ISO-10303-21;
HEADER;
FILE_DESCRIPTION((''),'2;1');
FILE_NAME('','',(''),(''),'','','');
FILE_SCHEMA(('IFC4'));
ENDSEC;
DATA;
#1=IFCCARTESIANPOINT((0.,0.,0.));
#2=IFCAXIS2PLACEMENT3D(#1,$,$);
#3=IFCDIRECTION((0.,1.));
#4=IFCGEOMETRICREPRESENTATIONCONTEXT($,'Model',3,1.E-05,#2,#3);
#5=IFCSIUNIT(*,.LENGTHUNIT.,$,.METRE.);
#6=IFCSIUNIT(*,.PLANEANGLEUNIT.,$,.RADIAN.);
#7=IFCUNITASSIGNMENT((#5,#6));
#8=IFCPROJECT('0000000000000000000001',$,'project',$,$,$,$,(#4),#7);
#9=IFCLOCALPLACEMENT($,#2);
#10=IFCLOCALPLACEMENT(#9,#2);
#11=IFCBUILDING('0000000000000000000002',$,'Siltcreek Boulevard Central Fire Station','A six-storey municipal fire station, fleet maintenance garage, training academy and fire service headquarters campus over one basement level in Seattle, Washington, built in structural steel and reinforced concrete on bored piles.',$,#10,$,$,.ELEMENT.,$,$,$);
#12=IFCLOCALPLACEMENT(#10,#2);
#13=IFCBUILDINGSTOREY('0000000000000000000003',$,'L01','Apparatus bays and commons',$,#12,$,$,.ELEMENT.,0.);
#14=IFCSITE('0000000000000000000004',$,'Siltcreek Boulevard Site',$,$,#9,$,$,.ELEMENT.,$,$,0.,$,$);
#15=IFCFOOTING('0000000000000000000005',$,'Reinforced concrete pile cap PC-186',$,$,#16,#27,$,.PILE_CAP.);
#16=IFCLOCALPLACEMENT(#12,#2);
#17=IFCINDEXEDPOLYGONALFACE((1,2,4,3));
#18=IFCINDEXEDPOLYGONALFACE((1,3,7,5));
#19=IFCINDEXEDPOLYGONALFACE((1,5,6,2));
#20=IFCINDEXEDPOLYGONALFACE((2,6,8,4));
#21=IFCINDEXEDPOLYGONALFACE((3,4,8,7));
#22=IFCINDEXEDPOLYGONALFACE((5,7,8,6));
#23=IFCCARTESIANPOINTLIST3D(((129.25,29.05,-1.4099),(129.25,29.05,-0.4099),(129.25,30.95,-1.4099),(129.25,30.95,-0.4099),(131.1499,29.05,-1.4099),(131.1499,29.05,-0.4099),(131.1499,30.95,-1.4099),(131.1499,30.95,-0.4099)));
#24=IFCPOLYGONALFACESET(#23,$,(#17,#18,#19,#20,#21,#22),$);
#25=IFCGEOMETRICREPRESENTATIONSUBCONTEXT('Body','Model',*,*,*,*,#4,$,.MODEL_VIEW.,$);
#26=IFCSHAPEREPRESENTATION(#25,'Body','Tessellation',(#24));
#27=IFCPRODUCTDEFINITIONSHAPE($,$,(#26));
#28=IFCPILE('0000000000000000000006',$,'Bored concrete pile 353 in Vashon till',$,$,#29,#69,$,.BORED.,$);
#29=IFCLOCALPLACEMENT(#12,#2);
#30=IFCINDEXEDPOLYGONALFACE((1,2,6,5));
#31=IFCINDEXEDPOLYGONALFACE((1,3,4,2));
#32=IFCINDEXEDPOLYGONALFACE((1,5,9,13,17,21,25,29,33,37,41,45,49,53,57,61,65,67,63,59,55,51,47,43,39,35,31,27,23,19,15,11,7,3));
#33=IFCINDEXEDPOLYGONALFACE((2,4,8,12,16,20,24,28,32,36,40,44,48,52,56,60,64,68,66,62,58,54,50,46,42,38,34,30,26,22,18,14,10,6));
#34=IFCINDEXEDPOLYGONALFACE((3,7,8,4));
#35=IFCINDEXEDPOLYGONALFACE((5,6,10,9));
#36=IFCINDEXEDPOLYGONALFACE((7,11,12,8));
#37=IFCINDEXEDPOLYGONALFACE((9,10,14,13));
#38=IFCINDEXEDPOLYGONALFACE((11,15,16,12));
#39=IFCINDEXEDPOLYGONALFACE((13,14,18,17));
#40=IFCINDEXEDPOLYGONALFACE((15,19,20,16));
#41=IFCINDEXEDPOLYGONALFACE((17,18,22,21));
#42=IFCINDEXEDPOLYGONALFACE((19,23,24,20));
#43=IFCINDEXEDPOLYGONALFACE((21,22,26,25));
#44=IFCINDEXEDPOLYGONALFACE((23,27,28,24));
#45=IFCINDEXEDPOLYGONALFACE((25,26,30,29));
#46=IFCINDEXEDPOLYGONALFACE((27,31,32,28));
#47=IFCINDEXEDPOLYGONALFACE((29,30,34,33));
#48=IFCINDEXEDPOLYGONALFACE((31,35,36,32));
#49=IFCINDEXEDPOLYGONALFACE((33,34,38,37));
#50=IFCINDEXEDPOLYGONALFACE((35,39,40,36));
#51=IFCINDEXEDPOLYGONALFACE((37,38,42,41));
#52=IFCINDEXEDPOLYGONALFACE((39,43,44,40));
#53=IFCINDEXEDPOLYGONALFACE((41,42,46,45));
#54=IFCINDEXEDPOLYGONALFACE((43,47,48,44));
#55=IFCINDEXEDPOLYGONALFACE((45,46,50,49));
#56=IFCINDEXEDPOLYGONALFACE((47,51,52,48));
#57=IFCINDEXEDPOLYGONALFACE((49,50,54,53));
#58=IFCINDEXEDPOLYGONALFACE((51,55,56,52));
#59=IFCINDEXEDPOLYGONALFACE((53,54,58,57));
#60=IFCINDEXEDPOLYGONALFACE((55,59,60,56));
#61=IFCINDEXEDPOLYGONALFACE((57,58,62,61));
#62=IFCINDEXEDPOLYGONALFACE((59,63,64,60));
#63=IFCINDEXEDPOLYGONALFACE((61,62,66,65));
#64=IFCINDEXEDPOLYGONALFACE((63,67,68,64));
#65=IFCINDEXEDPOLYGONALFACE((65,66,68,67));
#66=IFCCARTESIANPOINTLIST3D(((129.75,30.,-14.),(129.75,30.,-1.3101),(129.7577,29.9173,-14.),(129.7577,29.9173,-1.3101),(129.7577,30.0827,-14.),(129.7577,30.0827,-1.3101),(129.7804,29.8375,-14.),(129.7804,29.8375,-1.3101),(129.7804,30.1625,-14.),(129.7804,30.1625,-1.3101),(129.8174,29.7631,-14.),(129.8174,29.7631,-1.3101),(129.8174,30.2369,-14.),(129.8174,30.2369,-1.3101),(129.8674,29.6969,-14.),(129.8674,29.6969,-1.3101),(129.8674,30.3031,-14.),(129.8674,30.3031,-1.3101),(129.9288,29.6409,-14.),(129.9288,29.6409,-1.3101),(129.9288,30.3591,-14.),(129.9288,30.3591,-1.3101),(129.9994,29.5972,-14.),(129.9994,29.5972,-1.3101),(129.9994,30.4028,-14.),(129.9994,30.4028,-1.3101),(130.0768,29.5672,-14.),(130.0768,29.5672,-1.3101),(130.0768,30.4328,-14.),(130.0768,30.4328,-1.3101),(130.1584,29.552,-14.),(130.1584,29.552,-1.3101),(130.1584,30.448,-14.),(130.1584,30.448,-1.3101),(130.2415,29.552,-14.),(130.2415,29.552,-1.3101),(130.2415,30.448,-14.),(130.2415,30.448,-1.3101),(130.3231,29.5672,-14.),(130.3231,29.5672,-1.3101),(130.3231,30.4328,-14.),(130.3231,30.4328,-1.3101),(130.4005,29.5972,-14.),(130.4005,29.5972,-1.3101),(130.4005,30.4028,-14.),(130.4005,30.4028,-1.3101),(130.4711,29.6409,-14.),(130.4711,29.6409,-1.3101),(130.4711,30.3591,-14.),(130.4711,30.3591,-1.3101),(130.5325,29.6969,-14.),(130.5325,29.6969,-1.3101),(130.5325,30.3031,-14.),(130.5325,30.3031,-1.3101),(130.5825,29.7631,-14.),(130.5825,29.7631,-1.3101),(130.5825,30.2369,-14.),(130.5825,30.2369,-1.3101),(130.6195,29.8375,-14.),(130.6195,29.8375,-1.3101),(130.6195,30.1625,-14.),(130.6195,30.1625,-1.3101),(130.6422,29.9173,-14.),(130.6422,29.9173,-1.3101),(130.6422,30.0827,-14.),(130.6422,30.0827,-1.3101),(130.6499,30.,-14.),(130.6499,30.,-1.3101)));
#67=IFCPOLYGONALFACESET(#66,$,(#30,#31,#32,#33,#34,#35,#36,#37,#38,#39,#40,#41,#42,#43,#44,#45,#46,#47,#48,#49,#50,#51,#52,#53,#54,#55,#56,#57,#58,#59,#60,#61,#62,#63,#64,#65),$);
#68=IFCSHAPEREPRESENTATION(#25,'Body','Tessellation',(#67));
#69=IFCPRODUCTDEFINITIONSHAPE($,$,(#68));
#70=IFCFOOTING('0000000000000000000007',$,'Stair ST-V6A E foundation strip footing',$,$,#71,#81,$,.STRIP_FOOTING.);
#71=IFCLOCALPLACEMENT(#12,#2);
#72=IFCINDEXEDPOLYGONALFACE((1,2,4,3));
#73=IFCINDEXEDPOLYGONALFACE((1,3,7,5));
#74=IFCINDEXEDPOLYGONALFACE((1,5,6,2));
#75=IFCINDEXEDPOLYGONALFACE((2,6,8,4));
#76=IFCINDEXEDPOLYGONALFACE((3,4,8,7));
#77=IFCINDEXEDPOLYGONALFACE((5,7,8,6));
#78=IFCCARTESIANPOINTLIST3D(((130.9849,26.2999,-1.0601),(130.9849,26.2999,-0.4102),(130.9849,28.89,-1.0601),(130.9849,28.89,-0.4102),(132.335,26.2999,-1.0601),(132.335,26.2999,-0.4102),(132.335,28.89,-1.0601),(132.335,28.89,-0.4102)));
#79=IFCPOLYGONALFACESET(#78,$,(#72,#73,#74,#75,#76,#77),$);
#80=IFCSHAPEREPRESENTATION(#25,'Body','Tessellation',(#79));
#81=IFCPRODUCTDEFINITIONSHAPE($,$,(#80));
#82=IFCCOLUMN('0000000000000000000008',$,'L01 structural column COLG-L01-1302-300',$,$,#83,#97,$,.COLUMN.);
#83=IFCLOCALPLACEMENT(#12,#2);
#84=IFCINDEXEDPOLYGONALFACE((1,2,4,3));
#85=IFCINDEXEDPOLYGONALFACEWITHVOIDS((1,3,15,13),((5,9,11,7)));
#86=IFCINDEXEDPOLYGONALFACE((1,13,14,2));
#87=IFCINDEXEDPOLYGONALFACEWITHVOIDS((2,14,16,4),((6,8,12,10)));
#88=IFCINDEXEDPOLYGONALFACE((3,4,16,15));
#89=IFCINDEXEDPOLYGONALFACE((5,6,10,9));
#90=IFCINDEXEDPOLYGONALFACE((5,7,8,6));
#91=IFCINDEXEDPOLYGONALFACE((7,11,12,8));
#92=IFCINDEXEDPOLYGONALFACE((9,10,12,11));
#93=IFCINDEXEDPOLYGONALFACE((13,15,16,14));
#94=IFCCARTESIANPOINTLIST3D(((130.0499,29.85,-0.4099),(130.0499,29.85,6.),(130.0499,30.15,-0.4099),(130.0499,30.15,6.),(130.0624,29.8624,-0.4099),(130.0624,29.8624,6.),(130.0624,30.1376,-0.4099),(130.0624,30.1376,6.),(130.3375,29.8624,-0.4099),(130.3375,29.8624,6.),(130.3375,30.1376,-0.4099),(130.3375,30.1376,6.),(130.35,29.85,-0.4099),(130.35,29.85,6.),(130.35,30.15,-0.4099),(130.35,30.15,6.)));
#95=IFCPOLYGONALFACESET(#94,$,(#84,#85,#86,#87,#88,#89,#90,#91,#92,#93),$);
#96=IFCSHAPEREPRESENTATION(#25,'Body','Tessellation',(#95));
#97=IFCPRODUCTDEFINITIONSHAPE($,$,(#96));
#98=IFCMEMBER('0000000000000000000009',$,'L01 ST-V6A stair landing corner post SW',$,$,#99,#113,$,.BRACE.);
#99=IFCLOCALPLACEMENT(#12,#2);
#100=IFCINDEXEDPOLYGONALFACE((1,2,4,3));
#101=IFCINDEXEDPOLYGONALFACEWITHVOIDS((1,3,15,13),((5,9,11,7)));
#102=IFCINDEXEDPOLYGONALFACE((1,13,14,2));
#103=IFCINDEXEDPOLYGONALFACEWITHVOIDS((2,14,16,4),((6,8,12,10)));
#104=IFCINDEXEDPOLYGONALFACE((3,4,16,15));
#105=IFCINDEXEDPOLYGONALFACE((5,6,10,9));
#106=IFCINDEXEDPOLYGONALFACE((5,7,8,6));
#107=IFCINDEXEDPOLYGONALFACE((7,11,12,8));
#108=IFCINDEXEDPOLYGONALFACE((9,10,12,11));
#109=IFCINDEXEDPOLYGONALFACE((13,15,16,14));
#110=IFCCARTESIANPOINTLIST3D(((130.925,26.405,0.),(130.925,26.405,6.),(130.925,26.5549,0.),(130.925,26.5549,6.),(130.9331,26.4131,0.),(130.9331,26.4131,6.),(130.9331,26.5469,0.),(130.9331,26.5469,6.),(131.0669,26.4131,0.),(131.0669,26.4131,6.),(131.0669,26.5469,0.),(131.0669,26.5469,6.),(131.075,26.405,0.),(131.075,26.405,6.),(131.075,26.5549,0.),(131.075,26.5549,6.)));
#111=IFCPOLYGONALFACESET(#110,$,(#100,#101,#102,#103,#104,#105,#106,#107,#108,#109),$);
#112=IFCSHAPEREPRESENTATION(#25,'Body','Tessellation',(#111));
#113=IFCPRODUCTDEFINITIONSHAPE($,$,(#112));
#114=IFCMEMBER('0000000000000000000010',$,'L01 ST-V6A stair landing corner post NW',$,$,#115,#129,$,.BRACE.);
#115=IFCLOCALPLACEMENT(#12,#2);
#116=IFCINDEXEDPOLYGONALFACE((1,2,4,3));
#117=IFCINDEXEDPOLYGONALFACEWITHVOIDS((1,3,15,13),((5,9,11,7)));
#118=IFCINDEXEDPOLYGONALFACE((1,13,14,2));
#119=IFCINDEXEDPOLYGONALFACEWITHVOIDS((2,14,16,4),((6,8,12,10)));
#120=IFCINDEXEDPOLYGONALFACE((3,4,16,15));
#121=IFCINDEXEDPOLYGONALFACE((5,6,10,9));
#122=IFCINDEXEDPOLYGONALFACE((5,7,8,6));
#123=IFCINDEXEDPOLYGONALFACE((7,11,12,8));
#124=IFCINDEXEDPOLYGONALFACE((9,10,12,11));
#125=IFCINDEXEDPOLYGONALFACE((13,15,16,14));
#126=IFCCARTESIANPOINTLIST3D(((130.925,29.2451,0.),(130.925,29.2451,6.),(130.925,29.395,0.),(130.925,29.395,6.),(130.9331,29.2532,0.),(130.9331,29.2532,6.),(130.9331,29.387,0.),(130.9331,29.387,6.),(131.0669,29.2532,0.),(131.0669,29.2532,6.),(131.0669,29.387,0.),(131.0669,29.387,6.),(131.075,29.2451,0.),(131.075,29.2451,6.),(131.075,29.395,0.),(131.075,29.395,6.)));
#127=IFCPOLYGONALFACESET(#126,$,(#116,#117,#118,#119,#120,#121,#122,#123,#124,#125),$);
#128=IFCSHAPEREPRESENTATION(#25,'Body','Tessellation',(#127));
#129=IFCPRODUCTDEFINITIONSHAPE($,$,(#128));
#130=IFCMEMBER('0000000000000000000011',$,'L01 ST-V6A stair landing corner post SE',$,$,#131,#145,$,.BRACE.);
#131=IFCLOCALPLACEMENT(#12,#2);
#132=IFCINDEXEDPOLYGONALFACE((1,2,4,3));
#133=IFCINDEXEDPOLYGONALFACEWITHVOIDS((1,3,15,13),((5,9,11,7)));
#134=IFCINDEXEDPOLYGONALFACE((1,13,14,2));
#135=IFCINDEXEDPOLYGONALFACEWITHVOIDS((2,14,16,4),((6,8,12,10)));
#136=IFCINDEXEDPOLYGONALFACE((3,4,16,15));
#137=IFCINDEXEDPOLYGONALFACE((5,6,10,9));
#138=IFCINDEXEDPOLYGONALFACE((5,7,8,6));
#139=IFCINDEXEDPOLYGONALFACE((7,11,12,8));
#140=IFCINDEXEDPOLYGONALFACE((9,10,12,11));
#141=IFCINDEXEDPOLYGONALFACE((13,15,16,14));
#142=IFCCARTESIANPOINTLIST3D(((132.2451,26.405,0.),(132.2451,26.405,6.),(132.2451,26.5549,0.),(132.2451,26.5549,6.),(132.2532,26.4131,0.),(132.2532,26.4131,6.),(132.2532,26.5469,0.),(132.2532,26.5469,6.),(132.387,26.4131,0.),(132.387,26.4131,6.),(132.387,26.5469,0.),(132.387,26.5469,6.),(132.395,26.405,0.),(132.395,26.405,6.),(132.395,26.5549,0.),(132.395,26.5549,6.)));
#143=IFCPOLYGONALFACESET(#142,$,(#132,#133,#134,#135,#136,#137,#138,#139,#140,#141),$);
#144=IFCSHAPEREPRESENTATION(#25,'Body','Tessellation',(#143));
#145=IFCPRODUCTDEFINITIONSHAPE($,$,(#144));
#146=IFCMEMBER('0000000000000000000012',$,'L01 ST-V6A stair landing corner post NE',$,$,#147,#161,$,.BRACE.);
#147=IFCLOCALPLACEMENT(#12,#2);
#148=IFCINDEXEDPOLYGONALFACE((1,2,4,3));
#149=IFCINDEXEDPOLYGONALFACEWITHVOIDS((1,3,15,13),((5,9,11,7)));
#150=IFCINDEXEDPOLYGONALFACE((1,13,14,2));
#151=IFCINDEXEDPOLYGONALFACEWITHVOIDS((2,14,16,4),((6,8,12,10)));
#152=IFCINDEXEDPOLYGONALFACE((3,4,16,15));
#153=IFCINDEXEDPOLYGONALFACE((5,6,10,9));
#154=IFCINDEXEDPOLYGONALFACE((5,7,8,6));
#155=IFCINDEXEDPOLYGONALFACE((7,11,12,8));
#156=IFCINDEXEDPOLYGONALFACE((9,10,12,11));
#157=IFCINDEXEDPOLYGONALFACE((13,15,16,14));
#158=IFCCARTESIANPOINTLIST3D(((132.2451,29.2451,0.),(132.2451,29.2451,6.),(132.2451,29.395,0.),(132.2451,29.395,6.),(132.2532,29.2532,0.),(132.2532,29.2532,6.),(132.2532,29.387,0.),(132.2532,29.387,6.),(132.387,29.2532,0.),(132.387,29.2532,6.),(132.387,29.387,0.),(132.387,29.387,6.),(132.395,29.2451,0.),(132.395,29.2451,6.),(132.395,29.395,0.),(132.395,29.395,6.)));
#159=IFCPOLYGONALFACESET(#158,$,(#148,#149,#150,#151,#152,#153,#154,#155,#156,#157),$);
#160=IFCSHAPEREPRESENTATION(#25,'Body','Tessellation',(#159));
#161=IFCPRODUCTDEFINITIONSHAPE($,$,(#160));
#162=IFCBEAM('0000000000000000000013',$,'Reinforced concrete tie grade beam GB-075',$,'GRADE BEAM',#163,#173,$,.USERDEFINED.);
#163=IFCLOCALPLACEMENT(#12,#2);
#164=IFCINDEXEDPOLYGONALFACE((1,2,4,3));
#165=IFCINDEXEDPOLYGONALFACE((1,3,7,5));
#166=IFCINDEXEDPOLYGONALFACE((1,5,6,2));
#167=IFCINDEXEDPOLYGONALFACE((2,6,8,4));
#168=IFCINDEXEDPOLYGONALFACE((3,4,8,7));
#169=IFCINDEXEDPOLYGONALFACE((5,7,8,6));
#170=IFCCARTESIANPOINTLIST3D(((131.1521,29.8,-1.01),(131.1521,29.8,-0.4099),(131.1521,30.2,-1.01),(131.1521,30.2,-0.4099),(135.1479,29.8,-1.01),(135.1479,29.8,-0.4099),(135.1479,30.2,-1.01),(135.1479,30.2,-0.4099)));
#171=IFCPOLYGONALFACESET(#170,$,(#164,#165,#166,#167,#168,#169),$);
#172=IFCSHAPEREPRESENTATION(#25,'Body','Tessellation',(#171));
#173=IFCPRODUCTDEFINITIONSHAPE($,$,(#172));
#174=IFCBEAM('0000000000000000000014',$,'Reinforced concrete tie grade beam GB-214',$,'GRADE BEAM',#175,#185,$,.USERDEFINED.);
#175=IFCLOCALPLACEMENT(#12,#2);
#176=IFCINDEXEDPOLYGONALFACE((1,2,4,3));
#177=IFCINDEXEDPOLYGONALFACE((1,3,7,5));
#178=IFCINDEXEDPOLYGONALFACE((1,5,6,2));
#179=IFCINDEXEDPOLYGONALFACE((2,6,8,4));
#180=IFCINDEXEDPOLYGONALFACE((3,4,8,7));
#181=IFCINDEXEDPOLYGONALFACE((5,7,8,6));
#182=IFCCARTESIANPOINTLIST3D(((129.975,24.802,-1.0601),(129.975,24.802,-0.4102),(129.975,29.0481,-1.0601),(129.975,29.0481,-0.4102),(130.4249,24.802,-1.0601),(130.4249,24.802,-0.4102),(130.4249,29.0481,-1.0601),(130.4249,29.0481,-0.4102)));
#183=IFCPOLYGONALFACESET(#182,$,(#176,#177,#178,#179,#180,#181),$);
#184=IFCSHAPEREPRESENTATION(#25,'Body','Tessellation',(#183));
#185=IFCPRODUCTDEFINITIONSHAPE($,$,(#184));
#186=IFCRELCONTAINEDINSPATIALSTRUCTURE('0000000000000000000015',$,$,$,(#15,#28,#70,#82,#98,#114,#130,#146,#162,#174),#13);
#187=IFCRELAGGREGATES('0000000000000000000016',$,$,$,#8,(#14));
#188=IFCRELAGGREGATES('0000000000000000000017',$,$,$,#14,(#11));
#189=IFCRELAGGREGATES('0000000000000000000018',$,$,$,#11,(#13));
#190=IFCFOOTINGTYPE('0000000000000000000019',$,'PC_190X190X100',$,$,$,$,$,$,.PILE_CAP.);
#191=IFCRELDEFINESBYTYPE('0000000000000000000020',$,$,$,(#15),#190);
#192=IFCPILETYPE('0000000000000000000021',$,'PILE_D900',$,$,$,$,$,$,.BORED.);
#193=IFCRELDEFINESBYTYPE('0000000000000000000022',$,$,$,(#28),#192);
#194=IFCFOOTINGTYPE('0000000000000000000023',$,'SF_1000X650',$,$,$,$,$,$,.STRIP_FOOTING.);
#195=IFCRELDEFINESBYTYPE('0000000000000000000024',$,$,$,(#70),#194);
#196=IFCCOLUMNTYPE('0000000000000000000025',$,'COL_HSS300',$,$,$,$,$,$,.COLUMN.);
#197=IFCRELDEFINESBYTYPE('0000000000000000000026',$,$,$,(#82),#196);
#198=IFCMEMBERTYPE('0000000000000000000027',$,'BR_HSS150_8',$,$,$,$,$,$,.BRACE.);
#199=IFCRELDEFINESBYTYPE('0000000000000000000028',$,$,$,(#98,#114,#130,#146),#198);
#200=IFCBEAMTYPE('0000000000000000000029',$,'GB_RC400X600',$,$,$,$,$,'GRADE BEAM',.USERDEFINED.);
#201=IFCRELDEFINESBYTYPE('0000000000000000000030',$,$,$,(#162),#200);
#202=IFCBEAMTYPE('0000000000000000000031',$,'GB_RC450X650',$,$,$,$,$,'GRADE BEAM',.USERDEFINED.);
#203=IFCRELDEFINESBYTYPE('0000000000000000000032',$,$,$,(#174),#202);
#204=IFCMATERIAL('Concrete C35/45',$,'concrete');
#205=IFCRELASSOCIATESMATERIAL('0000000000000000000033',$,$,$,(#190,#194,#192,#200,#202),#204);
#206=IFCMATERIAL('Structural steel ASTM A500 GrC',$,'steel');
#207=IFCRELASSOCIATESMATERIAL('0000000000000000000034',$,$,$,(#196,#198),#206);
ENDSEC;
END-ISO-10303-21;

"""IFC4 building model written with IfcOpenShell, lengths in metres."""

from ifc_helpers import new_model, si_unit, direction, frame, origin, origin_2d, place, context, subcontext, project, spatial, rectangle, hollow_rectangle, circle, extrude, material, material_profile, profile_set, type_object, element, save


model = new_model("IFC4")

# Units and contexts
model_context = context("Model", 3, precision=1e-05, world=origin(), true_north=direction((0.0, 1.0)))
body_context = subcontext(model_context, "Body", "Model", "MODEL_VIEW")
ifc_project = project(units=[si_unit("LENGTHUNIT", "METRE"), si_unit("PLANEANGLEUNIT", "RADIAN")], contexts=[model_context])

# Site, building, storey
site_placement = place(None, origin())
site = spatial("IfcSite", under=ifc_project, at=site_placement, Name="Siltcreek Boulevard Site", CompositionType="ELEMENT", RefElevation=0.0)
building_placement = place(site_placement, origin())
building = spatial("IfcBuilding", under=site, at=building_placement, Name="Siltcreek Boulevard Central Fire Station", Description="A six-storey municipal fire station, fleet maintenance garage, training academy and fire service headquarters campus over one basement level in Seattle, Washington, built in structural steel and reinforced concrete on bored piles.", CompositionType="ELEMENT")
storey_placement = place(building_placement, origin())
storey = spatial("IfcBuildingStorey", under=building, at=storey_placement, Name="L01", Description="Apparatus bays and commons", CompositionType="ELEMENT", Elevation=0.0)

# Footing
ifc_material_1 = material(Name="Concrete C35/45", Category="concrete")
footing_type_1 = type_object("IfcFootingType", Name="PC_190X190X100", PredefinedType="PILE_CAP", material=ifc_material_1)
footing_1_placement = place(storey_placement, frame((130.2, 30.0, -1.4099), z_axis=(0.0, 0.0, 1.0), x_axis=(1.0, 0.0, 0.0)))
element("IfcFooting", 1, at=footing_1_placement, inside=storey, type_object=footing_type_1, Name="Reinforced concrete pile cap PC-186", PredefinedType="PILE_CAP", context=body_context, shape_type="SweptSolid", body=[
    extrude(rectangle(XDim=1.8999, YDim=1.8999, at=origin_2d()), origin(), (0.0, 0.0, 1.0), 1.0),
])

# Pile
ifc_material_profile_1 = material_profile(ifc_material_1, circle(Radius=0.45, at=origin_2d()), Name="SHAFT900")
ifc_profile_set_1 = profile_set([ifc_material_profile_1], Name="Concrete C35/45")
pile_type = type_object("IfcPileType", Name="PILE_D900", PredefinedType="BORED", material=ifc_profile_set_1)
pile_placement = place(storey_placement, frame((130.2, 30.0, -1.3101), z_axis=(0.0, 0.0, -1.0), x_axis=(1.0, 0.0, 0.0)))
element("IfcPile", 2, at=pile_placement, inside=storey, type_object=pile_type, Name="Bored concrete pile 353 in Vashon till", PredefinedType="BORED", context=body_context, shape_type="SweptSolid", body=[
    extrude(circle(Radius=0.45, at=origin_2d()), origin(), (0.0, 0.0, 1.0), 12.6899),
])

# Footing
footing_type_2 = type_object("IfcFootingType", Name="SF_1000X650", PredefinedType="STRIP_FOOTING", material=ifc_material_1)
footing_2_placement = place(storey_placement, frame((131.6599, 27.595, -1.0601), z_axis=(0.0, 0.0, 1.0), x_axis=(1.0, 0.0, 0.0)))
element("IfcFooting", 3, at=footing_2_placement, inside=storey, type_object=footing_type_2, Name="Stair ST-V6A E foundation strip footing", PredefinedType="STRIP_FOOTING", context=body_context, shape_type="SweptSolid", body=[
    extrude(rectangle(XDim=1.3501, YDim=2.5901, at=origin_2d()), origin(), (0.0, 0.0, 1.0), 0.6499),
])

# Column
ifc_material_2 = material(Name="Structural steel ASTM A500 GrC", Category="steel")
ifc_material_profile_2 = material_profile(ifc_material_2, hollow_rectangle(XDim=0.3, YDim=0.3, WallThickness=0.0125, at=origin_2d()), Name="HSS300X300X12.5")
ifc_profile_set_2 = profile_set([ifc_material_profile_2], Name="Structural steel ASTM A500 GrC")
column_type = type_object("IfcColumnType", Name="COL_HSS300", PredefinedType="COLUMN", material=ifc_profile_set_2)
column_placement = place(storey_placement, frame((130.2, 30.0, -0.4099), z_axis=(0.0, 0.0, 1.0), x_axis=(1.0, 0.0, 0.0)))
element("IfcColumn", 4, at=column_placement, inside=storey, type_object=column_type, Name="L01 structural column COLG-L01-1302-300", PredefinedType="COLUMN", context=body_context, shape_type="SweptSolid", body=[
    extrude(hollow_rectangle(XDim=0.3, YDim=0.3, WallThickness=0.0125, at=origin_2d()), origin(), (0.0, 0.0, 1.0), 6.4099),
])

# Members
ifc_material_profile_3 = material_profile(ifc_material_2, hollow_rectangle(XDim=0.1499, YDim=0.1499, WallThickness=0.0081, at=origin_2d()), Name="HSS150X150X8.0")
ifc_profile_set_3 = profile_set([ifc_material_profile_3], Name="Structural steel ASTM A500 GrC")
member_type = type_object("IfcMemberType", Name="BR_HSS150_8", PredefinedType="BRACE", material=ifc_profile_set_3)
for number, where, z_axis, x_axis, name in (
    (5, (131.0, 26.48, 0.0), (0.0, 0.0, 1.0), (1.0, 0.0, 0.0), "L01 ST-V6A stair landing corner post SW"),
    (6, (131.0, 29.3201, 0.0), (0.0, 0.0, 1.0), (1.0, 0.0, 0.0), "L01 ST-V6A stair landing corner post NW"),
    (7, (132.3201, 26.48, 0.0), (0.0, 0.0, 1.0), (1.0, 0.0, 0.0), "L01 ST-V6A stair landing corner post SE"),
    (8, (132.3201, 29.3201, 0.0), (0.0, 0.0, 1.0), (1.0, 0.0, 0.0), "L01 ST-V6A stair landing corner post NE"),
):
    element("IfcMember", number, at=place(storey_placement, frame(where, z_axis=z_axis, x_axis=x_axis)), inside=storey, type_object=member_type, Name=name, PredefinedType="BRACE", context=body_context, shape_type="SweptSolid", body=[
        extrude(hollow_rectangle(XDim=0.1499, YDim=0.1499, WallThickness=0.0081, at=origin_2d()), origin(), (0.0, 0.0, 1.0), 6.0),
    ])

# Beams
ifc_material_profile_4 = material_profile(ifc_material_1, rectangle(XDim=0.3999, YDim=0.6001, at=origin_2d()), Name="RC400X600")
ifc_profile_set_4 = profile_set([ifc_material_profile_4], Name="Concrete C35/45")
beam_type_1 = type_object("IfcBeamType", Name="GB_RC400X600", ElementType="GRADE BEAM", PredefinedType="USERDEFINED", material=ifc_profile_set_4)
beam_1_placement = place(storey_placement, frame((131.1521, 30.0, -0.71), z_axis=(1.0, 0.0, 0.0), x_axis=(0.0, 1.0, 0.0)))
element("IfcBeam", 9, at=beam_1_placement, inside=storey, type_object=beam_type_1, Name="Reinforced concrete tie grade beam GB-075", ObjectType="GRADE BEAM", PredefinedType="USERDEFINED", context=body_context, shape_type="SweptSolid", body=[
    extrude(rectangle(XDim=0.3999, YDim=0.6001, at=origin_2d()), origin(), (0.0, 0.0, 1.0), 3.9958),
])
ifc_material_profile_5 = material_profile(ifc_material_1, rectangle(XDim=0.45, YDim=0.6499, at=origin_2d()), Name="RC450X650")
ifc_profile_set_5 = profile_set([ifc_material_profile_5], Name="Concrete C35/45")
beam_type_2 = type_object("IfcBeamType", Name="GB_RC450X650", ElementType="GRADE BEAM", PredefinedType="USERDEFINED", material=ifc_profile_set_5)
beam_2_placement = place(storey_placement, frame((130.2, 24.802, -0.7351), z_axis=(0.0, 1.0, 0.0), x_axis=(-1.0, 0.0, 0.0)))
element("IfcBeam", 10, at=beam_2_placement, inside=storey, type_object=beam_type_2, Name="Reinforced concrete tie grade beam GB-214", ObjectType="GRADE BEAM", PredefinedType="USERDEFINED", context=body_context, shape_type="SweptSolid", body=[
    extrude(rectangle(XDim=0.45, YDim=0.6499, at=origin_2d()), origin(), (0.0, 0.0, 1.0), 4.2461),
])

save(model, "model.ifc")
